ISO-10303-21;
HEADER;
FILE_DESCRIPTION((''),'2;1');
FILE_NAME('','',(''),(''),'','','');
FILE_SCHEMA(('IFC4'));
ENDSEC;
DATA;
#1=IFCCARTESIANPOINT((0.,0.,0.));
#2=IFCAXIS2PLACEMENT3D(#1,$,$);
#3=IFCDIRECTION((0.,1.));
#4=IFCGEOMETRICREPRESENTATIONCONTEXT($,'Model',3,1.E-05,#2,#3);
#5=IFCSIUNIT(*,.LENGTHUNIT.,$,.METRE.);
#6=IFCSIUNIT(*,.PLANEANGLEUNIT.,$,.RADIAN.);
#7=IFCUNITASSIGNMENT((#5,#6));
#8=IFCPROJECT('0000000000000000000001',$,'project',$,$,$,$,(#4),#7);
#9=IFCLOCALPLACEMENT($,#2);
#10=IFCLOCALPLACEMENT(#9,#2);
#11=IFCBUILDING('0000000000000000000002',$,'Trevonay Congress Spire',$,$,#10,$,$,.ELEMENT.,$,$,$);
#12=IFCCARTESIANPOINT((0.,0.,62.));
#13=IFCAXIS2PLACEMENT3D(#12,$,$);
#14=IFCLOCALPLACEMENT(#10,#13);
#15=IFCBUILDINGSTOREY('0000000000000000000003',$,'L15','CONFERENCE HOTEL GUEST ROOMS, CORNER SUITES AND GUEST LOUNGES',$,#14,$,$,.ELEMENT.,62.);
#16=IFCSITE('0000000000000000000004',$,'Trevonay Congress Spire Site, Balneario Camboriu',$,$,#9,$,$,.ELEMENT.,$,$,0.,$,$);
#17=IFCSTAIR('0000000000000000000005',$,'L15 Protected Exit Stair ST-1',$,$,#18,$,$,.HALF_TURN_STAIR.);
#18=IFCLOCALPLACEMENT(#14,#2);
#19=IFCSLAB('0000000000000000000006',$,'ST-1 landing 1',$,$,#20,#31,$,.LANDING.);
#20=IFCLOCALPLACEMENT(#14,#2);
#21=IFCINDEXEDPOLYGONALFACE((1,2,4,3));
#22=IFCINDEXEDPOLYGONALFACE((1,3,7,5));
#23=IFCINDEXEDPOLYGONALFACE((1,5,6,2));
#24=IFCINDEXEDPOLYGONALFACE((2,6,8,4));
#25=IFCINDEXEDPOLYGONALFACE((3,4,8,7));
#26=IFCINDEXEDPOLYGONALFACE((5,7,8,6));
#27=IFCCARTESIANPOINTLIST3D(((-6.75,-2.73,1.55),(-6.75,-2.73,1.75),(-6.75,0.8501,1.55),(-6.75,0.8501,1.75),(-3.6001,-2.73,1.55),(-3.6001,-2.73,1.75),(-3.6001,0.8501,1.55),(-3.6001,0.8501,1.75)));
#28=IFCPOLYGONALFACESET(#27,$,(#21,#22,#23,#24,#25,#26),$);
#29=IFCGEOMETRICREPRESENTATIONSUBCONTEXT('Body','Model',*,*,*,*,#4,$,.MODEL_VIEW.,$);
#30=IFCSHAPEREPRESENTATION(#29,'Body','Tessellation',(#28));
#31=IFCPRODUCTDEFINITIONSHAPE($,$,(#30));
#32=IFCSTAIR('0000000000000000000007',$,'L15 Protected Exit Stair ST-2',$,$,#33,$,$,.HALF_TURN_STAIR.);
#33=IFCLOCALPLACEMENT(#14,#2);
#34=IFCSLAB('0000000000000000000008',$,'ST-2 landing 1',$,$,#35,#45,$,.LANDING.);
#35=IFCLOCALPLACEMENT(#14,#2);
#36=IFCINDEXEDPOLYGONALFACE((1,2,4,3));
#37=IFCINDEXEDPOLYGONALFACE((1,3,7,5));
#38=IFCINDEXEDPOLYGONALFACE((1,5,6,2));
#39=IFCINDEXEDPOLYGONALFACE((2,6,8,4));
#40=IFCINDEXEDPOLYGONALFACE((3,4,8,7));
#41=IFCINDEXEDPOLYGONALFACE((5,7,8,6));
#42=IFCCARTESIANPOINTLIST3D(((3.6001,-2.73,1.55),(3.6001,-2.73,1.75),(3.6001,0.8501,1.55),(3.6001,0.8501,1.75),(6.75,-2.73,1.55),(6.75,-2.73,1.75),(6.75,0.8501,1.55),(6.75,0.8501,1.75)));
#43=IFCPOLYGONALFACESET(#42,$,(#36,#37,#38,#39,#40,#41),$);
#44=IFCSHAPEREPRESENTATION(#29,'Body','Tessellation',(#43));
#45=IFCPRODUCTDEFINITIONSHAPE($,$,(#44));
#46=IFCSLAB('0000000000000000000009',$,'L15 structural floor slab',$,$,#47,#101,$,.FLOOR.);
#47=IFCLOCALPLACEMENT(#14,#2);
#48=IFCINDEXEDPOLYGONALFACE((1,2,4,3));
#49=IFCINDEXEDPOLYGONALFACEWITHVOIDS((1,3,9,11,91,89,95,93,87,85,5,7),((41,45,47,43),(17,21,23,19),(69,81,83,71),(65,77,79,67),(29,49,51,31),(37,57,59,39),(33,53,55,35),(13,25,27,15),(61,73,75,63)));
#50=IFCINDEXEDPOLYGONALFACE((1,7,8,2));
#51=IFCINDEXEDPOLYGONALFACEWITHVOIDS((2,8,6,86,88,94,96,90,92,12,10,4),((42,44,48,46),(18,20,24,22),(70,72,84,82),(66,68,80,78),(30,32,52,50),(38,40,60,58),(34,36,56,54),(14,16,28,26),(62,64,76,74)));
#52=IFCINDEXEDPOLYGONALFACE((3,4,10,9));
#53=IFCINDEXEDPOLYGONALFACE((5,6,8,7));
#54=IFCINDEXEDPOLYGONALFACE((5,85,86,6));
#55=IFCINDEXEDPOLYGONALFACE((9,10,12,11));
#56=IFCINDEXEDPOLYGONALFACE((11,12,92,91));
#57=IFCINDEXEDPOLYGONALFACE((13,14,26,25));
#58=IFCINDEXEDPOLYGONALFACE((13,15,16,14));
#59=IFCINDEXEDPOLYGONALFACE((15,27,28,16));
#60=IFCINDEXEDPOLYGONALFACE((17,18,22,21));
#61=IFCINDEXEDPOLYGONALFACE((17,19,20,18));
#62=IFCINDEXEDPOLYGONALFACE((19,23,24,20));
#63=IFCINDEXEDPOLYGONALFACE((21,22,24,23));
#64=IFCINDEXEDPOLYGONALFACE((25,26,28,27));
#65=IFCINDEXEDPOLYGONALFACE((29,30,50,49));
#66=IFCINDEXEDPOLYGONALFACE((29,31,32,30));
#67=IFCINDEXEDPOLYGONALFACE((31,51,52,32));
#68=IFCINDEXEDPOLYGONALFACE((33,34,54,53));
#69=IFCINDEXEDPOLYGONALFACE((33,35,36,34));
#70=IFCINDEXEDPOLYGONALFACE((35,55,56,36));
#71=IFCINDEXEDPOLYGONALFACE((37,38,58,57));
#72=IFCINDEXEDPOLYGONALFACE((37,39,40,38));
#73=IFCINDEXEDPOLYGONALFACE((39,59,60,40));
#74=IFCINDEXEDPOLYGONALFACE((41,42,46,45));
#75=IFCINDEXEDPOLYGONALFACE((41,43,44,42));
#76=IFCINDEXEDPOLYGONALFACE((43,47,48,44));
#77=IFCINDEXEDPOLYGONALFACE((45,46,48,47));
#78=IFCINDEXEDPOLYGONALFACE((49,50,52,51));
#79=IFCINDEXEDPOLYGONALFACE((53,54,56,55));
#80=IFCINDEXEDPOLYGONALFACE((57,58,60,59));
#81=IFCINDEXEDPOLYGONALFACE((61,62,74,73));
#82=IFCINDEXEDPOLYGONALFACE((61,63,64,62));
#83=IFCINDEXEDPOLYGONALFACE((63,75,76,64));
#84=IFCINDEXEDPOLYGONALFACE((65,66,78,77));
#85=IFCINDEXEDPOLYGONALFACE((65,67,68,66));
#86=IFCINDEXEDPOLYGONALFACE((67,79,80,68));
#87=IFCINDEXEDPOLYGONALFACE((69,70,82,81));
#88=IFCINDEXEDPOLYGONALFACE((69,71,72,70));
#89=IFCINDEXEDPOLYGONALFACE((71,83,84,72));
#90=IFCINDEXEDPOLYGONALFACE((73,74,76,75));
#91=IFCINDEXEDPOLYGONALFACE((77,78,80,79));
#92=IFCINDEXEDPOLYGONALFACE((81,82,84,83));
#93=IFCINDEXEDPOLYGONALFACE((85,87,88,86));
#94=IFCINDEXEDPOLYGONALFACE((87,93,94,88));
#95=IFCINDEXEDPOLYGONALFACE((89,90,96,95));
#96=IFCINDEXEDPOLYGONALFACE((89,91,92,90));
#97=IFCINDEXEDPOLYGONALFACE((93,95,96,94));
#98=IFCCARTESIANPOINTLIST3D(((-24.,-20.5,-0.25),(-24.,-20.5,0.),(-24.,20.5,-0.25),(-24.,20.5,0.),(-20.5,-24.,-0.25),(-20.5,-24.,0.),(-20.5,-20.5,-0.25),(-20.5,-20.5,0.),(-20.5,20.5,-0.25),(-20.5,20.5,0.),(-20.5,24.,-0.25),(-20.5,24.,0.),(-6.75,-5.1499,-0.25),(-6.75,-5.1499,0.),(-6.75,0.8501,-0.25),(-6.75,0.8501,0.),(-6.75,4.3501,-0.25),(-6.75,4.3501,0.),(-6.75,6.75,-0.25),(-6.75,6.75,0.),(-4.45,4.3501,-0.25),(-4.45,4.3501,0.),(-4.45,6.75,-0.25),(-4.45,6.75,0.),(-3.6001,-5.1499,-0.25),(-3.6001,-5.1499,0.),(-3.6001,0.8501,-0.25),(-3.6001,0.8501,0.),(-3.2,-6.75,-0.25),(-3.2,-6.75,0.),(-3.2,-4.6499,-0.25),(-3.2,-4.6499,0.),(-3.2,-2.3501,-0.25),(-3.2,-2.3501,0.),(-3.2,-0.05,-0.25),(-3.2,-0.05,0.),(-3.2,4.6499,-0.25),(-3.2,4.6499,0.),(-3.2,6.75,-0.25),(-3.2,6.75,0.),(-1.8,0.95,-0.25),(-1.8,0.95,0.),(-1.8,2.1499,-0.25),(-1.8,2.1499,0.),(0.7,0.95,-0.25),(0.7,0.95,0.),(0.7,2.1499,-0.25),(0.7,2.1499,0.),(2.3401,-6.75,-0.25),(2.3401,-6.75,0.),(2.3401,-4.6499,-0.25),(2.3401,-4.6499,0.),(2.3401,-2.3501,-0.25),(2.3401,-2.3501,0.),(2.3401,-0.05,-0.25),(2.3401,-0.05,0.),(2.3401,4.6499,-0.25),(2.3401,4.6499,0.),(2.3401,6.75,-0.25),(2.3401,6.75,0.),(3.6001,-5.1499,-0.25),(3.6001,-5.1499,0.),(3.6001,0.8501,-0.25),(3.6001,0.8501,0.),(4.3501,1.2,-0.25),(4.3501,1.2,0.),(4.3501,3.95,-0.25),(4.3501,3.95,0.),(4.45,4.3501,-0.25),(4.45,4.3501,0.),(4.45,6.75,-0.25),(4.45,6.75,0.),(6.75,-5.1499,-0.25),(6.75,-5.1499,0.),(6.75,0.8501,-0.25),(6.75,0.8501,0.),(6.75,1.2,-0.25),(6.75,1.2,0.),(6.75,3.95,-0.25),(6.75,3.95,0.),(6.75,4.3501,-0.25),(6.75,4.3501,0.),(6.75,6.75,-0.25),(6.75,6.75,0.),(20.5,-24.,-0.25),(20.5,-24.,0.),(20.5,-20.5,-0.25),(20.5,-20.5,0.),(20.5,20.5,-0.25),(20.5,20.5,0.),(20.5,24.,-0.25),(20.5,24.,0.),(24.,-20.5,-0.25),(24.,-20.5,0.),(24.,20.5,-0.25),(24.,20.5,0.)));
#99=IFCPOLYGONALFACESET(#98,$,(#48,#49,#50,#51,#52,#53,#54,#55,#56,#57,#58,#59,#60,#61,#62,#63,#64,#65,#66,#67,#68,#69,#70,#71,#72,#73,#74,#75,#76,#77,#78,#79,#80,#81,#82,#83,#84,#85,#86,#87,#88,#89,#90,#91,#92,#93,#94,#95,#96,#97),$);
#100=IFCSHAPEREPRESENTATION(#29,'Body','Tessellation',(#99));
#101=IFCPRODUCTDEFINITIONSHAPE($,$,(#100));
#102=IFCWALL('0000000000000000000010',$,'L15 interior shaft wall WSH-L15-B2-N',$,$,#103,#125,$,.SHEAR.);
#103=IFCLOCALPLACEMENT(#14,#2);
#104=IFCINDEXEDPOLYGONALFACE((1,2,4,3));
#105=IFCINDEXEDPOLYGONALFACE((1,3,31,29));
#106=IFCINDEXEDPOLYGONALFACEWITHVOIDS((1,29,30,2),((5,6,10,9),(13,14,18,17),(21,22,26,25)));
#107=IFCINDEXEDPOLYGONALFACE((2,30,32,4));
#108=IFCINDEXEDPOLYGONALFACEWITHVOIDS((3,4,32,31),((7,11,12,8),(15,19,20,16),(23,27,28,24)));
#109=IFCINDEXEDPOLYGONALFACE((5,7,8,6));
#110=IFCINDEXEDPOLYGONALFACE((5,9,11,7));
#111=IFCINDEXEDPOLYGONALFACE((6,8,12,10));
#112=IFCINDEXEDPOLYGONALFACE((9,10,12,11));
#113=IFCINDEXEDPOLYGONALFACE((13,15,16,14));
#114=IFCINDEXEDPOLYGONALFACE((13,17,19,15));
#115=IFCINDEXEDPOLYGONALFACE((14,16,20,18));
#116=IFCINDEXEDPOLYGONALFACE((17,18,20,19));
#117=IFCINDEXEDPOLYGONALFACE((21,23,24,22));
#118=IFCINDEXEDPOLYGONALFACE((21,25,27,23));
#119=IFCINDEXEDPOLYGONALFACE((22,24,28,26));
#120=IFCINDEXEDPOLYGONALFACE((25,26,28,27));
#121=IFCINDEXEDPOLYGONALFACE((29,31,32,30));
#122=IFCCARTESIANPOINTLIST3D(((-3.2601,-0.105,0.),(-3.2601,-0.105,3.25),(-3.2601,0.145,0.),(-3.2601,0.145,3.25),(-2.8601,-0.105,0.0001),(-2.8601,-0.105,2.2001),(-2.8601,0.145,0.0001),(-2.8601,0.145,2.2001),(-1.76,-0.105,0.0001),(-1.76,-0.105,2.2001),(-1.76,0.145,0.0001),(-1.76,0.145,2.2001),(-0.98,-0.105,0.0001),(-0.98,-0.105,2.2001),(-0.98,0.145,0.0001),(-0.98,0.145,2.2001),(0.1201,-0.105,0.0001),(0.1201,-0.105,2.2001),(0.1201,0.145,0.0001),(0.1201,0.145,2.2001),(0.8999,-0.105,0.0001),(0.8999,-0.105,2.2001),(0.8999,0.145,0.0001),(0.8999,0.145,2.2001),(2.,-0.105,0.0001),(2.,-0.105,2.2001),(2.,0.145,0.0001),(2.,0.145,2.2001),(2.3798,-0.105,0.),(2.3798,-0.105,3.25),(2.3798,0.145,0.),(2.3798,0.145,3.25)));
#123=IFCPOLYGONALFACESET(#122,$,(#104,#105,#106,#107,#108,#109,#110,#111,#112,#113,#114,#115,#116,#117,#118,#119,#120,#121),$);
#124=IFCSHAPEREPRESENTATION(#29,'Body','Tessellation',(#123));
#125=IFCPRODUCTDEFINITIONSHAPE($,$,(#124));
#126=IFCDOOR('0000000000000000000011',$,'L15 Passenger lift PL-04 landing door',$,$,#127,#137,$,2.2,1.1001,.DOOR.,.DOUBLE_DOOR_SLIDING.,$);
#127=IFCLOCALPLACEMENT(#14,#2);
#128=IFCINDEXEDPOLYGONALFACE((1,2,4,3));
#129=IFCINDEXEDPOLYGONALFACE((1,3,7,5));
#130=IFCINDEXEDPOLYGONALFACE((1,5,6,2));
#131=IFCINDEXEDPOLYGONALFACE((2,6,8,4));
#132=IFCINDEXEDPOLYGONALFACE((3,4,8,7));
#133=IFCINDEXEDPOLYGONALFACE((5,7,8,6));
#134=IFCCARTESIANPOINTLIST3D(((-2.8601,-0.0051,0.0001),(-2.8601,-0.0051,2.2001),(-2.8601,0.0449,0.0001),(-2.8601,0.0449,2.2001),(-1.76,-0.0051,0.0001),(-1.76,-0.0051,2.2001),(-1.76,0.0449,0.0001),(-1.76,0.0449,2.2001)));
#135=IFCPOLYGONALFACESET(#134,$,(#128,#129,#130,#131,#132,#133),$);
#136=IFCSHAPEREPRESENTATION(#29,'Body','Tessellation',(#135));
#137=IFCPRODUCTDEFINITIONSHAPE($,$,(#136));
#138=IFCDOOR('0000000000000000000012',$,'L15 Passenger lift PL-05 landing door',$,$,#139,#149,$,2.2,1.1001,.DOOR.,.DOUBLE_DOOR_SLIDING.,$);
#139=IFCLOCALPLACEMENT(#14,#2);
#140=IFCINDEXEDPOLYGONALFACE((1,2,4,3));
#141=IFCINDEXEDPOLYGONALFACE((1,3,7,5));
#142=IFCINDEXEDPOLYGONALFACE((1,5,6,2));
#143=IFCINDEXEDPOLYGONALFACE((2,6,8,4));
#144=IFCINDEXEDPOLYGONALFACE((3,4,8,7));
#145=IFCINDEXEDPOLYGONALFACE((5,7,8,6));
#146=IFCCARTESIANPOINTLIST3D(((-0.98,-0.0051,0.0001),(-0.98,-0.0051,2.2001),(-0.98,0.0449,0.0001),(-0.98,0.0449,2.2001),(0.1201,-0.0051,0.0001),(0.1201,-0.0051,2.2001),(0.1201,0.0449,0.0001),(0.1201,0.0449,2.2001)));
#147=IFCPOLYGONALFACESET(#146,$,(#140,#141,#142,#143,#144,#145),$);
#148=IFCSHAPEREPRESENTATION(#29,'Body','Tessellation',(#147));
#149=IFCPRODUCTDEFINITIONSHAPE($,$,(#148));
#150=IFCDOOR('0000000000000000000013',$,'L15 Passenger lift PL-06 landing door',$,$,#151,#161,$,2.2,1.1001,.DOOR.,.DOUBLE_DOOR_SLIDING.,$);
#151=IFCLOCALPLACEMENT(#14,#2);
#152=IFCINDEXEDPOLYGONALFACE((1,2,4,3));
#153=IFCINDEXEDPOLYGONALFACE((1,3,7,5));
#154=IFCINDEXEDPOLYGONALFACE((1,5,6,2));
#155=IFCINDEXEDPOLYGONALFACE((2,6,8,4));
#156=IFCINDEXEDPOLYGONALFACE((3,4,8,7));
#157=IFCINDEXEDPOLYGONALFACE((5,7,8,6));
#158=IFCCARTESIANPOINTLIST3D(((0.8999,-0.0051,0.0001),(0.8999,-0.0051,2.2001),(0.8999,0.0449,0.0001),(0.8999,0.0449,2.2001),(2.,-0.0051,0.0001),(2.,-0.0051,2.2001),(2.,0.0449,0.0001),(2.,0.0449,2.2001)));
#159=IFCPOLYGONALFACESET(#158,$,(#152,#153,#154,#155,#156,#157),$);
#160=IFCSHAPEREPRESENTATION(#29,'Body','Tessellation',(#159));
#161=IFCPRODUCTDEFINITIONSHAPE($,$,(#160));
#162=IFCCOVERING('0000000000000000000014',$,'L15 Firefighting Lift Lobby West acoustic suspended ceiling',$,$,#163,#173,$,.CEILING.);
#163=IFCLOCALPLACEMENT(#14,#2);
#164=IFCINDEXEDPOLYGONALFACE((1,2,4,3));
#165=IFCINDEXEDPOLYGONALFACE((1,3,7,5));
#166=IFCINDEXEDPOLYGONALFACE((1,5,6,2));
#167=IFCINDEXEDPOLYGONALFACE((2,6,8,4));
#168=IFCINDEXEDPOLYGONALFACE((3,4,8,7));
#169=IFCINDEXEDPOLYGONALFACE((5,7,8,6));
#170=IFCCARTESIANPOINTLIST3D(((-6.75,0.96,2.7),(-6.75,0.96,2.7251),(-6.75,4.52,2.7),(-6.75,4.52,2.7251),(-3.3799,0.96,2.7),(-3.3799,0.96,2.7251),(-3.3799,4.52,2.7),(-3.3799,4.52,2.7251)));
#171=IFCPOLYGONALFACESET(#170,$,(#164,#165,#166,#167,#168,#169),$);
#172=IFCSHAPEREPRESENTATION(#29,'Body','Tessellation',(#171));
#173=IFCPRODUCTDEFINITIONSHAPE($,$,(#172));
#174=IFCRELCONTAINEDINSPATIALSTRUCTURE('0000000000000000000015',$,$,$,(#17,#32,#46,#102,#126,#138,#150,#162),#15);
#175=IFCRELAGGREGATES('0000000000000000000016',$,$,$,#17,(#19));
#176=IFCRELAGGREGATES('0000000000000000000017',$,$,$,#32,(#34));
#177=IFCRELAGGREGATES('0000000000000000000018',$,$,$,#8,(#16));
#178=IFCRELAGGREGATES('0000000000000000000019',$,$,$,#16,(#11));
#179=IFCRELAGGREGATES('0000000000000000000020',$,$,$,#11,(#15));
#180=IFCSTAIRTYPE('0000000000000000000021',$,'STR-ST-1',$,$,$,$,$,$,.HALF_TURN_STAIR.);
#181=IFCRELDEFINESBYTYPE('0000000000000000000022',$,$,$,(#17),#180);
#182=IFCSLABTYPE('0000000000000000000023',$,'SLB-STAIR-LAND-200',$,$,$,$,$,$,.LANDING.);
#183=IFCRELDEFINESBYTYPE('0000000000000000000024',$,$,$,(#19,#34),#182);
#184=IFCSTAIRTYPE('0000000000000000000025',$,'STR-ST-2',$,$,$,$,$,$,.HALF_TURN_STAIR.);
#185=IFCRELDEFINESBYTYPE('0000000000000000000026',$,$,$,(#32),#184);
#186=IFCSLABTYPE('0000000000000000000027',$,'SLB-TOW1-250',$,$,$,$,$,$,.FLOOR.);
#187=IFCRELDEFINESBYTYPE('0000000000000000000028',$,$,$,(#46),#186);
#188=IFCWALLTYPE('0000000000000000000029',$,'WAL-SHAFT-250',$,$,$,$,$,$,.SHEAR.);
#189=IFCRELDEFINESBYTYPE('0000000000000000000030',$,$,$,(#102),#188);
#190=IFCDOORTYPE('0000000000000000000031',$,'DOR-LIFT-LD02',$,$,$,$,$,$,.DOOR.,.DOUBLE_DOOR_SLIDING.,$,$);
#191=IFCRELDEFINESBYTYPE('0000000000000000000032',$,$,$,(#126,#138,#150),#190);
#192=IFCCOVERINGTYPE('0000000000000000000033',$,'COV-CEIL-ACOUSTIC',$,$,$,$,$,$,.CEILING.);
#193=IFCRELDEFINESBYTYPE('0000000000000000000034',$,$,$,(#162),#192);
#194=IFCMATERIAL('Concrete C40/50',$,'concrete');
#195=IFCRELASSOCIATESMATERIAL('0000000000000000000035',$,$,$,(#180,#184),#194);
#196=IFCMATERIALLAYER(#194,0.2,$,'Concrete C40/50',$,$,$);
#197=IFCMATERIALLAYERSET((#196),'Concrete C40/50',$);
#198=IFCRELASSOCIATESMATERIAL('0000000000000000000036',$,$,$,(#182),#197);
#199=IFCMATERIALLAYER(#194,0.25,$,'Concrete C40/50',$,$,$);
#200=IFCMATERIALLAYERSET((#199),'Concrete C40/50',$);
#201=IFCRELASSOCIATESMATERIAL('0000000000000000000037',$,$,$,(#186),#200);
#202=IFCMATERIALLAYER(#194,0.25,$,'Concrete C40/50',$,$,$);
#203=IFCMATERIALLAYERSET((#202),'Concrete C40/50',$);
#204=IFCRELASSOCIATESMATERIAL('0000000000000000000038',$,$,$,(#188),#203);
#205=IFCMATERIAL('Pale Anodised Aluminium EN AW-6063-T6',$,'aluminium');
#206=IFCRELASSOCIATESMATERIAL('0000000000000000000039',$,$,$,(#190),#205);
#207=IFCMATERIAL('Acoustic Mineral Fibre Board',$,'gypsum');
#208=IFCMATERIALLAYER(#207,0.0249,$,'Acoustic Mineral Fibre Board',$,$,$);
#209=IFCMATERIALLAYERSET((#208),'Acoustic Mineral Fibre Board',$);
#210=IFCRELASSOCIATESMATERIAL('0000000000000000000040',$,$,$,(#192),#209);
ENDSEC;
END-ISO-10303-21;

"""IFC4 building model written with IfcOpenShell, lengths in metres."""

from ifc_helpers import new_model, si_unit, direction, frame, frame_2d, origin, place, context, subcontext, project, spatial, polyline, rectangle, outline, extrude, material, layer, layer_set, type_object, element, fill, aggregate, save


model = new_model("IFC4")

# Units and contexts
model_context = context("Model", 3, precision=1e-05, world=origin(), true_north=direction((0.0, 1.0)))
body_context = subcontext(model_context, "Body", "Model", "MODEL_VIEW")
ifc_project = project(units=[si_unit("LENGTHUNIT", "METRE"), si_unit("PLANEANGLEUNIT", "RADIAN")], contexts=[model_context])

# Site, building, storey
site_placement = place(None, origin())
site = spatial("IfcSite", under=ifc_project, at=site_placement, Name="Trevonay Congress Spire Site, Balneario Camboriu", CompositionType="ELEMENT", RefElevation=0.0)
building_placement = place(site_placement, origin())
building = spatial("IfcBuilding", under=site, at=building_placement, Name="Trevonay Congress Spire", CompositionType="ELEMENT")
storey_placement = place(building_placement, frame((0.0, 0.0, 62.0)))
storey = spatial("IfcBuildingStorey", under=building, at=storey_placement, Name="L15", Description="CONFERENCE HOTEL GUEST ROOMS, CORNER SUITES AND GUEST LOUNGES", CompositionType="ELEMENT", Elevation=62.0)

# Stairs, slabs
ifc_material_1 = material(Name="Concrete C40/50", Category="concrete")
stair_type_1 = type_object("IfcStairType", Name="STR-ST-1", PredefinedType="HALF_TURN_STAIR", material=ifc_material_1)
stair_1_placement = place(storey_placement, origin())
stair_1 = element("IfcStair", 1, at=stair_1_placement, inside=storey, type_object=stair_type_1, Name="L15 Protected Exit Stair ST-1", PredefinedType="HALF_TURN_STAIR")
ifc_layer_1 = layer(ifc_material_1, 0.2, Name="Concrete C40/50")
ifc_layer_set_1 = layer_set([ifc_layer_1], Name="Concrete C40/50")
slab_type_1 = type_object("IfcSlabType", Name="SLB-STAIR-LAND-200", PredefinedType="LANDING", material=ifc_layer_set_1)
slab_1_placement = place(storey_placement, frame((0.0, 0.0, 1.55)))
slab_1 = element("IfcSlab", 2, at=slab_1_placement, type_object=slab_type_1, Name="ST-1 landing 1", PredefinedType="LANDING", context=body_context, shape_type="SweptSolid", body=[
    extrude(outline(polyline([(-3.6001, -2.73), (-3.6001, 0.8501), (-6.75, 0.8501), (-6.75, -2.73), (-3.6001, -2.73)])), origin(), (0.0, 0.0, 1.0), 0.2),
])
aggregate(stair_1, [slab_1])
stair_type_2 = type_object("IfcStairType", Name="STR-ST-2", PredefinedType="HALF_TURN_STAIR", material=ifc_material_1)
stair_2_placement = place(storey_placement, origin())
stair_2 = element("IfcStair", 3, at=stair_2_placement, inside=storey, type_object=stair_type_2, Name="L15 Protected Exit Stair ST-2", PredefinedType="HALF_TURN_STAIR")
slab_2_placement = place(storey_placement, frame((0.0, 0.0, 1.55)))
slab_2 = element("IfcSlab", 4, at=slab_2_placement, type_object=slab_type_1, Name="ST-2 landing 1", PredefinedType="LANDING", context=body_context, shape_type="SweptSolid", body=[
    extrude(outline(polyline([(6.75, -2.73), (6.75, 0.8501), (3.6001, 0.8501), (3.6001, -2.73), (6.75, -2.73)])), origin(), (0.0, 0.0, 1.0), 0.2),
])
aggregate(stair_2, [slab_2])

# Slab
ifc_layer_2 = layer(ifc_material_1, 0.25, Name="Concrete C40/50")
ifc_layer_set_2 = layer_set([ifc_layer_2], Name="Concrete C40/50")
slab_type_2 = type_object("IfcSlabType", Name="SLB-TOW1-250", PredefinedType="FLOOR", material=ifc_layer_set_2)
slab_3_placement = place(storey_placement, frame((0.0, 0.0, -0.25)))
element("IfcSlab", 5, at=slab_3_placement, inside=storey, type_object=slab_type_2, Name="L15 structural floor slab", PredefinedType="FLOOR", context=body_context, shape_type="SweptSolid", body=[
    extrude(outline(polyline([(-20.5, -24.0), (20.5, -24.0), (20.5, -20.5), (24.0, -20.5), (24.0, 20.5), (20.5, 20.5), (20.5, 24.0), (-20.5, 24.0), (-20.5, 20.5), (-24.0, 20.5), (-24.0, -20.5), (-20.5, -20.5), (-20.5, -24.0)]), holes=[polyline([(-3.6001, -5.1499), (-3.6001, 0.8501), (-6.75, 0.8501), (-6.75, -5.1499), (-3.6001, -5.1499)]), polyline([(6.75, -5.1499), (6.75, 0.8501), (3.6001, 0.8501), (3.6001, -5.1499), (6.75, -5.1499)]), polyline([(-3.2, -6.75), (2.3401, -6.75), (2.3401, -4.6499), (-3.2, -4.6499), (-3.2, -6.75)]), polyline([(-3.2, -2.3501), (2.3401, -2.3501), (2.3401, -0.05), (-3.2, -0.05), (-3.2, -2.3501)]), polyline([(-3.2, 4.6499), (2.3401, 4.6499), (2.3401, 6.75), (-3.2, 6.75), (-3.2, 4.6499)]), polyline([(-6.75, 4.3501), (-4.45, 4.3501), (-4.45, 6.75), (-6.75, 6.75), (-6.75, 4.3501)]), polyline([(4.45, 4.3501), (6.75, 4.3501), (6.75, 6.75), (4.45, 6.75), (4.45, 4.3501)]), polyline([(4.3501, 1.2), (6.75, 1.2), (6.75, 3.95), (4.3501, 3.95), (4.3501, 1.2)]), polyline([(-1.8, 0.95), (0.7, 0.95), (0.7, 2.1499), (-1.8, 2.1499), (-1.8, 0.95)])]), origin(), (0.0, 0.0, 1.0), 0.25),
])

# Wall, openings, doors
ifc_layer_3 = layer(ifc_material_1, 0.25, Name="Concrete C40/50")
ifc_layer_set_3 = layer_set([ifc_layer_3], Name="Concrete C40/50")
wall_type = type_object("IfcWallType", Name="WAL-SHAFT-250", PredefinedType="SHEAR", material=ifc_layer_set_3)
wall_placement = place(storey_placement, frame((-3.26, 0.02, 0.0), z_axis=(0.0, 0.0, 1.0), x_axis=(1.0, 0.0, 0.0)))
wall = element("IfcWall", 6, at=wall_placement, inside=storey, type_object=wall_type, Name="L15 interior shaft wall WSH-L15-B2-N", PredefinedType="SHEAR", context=body_context, shape_type="SweptSolid", body=[
    extrude(rectangle(XDim=5.6399, YDim=0.25, at=frame_2d((2.8198, 0.0))), origin(), (0.0, 0.0, 1.0), 3.25),
])
opening_1_placement = place(wall_placement, frame((0.3999, 0.0, 0.0)))
opening_1 = element("IfcOpeningElement", 7, at=opening_1_placement, cuts=wall, PredefinedType="OPENING", context=body_context, shape_type="SweptSolid", body=[
    extrude(rectangle(XDim=1.1001, YDim=2.2, at=frame_2d((0.55, 1.1001))), frame((0.0, 0.135, 0.0), z_axis=(0.0, -1.0, 0.0), x_axis=(1.0, 0.0, 0.0)), (0.0, 0.0, 1.0), 0.27),
])
opening_2_placement = place(wall_placement, frame((2.28, 0.0, 0.0)))
opening_2 = element("IfcOpeningElement", 8, at=opening_2_placement, cuts=wall, PredefinedType="OPENING", context=body_context, shape_type="SweptSolid", body=[
    extrude(rectangle(XDim=1.1001, YDim=2.2, at=frame_2d((0.55, 1.1001))), frame((0.0, 0.135, 0.0), z_axis=(0.0, -1.0, 0.0), x_axis=(1.0, 0.0, 0.0)), (0.0, 0.0, 1.0), 0.27),
])
opening_3_placement = place(wall_placement, frame((4.1599, 0.0, 0.0)))
opening_3 = element("IfcOpeningElement", 9, at=opening_3_placement, cuts=wall, PredefinedType="OPENING", context=body_context, shape_type="SweptSolid", body=[
    extrude(rectangle(XDim=1.1001, YDim=2.2, at=frame_2d((0.55, 1.1001))), frame((0.0, 0.135, 0.0), z_axis=(0.0, -1.0, 0.0), x_axis=(1.0, 0.0, 0.0)), (0.0, 0.0, 1.0), 0.27),
])
ifc_material_2 = material(Name="Pale Anodised Aluminium EN AW-6063-T6", Category="aluminium")
door_type = type_object("IfcDoorType", Name="DOR-LIFT-LD02", OperationType="DOUBLE_DOOR_SLIDING", PredefinedType="DOOR", material=ifc_material_2)
door_1_placement = place(opening_1_placement, origin())
door_1 = element("IfcDoor", 10, at=door_1_placement, inside=storey, type_object=door_type, Name="L15 Passenger lift PL-04 landing door", OperationType="DOUBLE_DOOR_SLIDING", OverallHeight=2.2, OverallWidth=1.1001, PredefinedType="DOOR", context=body_context, shape_type="SweptSolid", body=[
    extrude(rectangle(XDim=1.1001, YDim=2.2, at=frame_2d((0.55, 1.1001))), frame((0.0, 0.0249, 0.0), z_axis=(0.0, -1.0, 0.0), x_axis=(1.0, 0.0, 0.0)), (0.0, 0.0, 1.0), 0.05),
])
fill(opening_1, door_1)
door_2_placement = place(opening_2_placement, origin())
door_2 = element("IfcDoor", 11, at=door_2_placement, inside=storey, type_object=door_type, Name="L15 Passenger lift PL-05 landing door", OperationType="DOUBLE_DOOR_SLIDING", OverallHeight=2.2, OverallWidth=1.1001, PredefinedType="DOOR", context=body_context, shape_type="SweptSolid", body=[
    extrude(rectangle(XDim=1.1001, YDim=2.2, at=frame_2d((0.55, 1.1001))), frame((0.0, 0.0249, 0.0), z_axis=(0.0, -1.0, 0.0), x_axis=(1.0, 0.0, 0.0)), (0.0, 0.0, 1.0), 0.05),
])
fill(opening_2, door_2)
door_3_placement = place(opening_3_placement, origin())
door_3 = element("IfcDoor", 12, at=door_3_placement, inside=storey, type_object=door_type, Name="L15 Passenger lift PL-06 landing door", OperationType="DOUBLE_DOOR_SLIDING", OverallHeight=2.2, OverallWidth=1.1001, PredefinedType="DOOR", context=body_context, shape_type="SweptSolid", body=[
    extrude(rectangle(XDim=1.1001, YDim=2.2, at=frame_2d((0.55, 1.1001))), frame((0.0, 0.0249, 0.0), z_axis=(0.0, -1.0, 0.0), x_axis=(1.0, 0.0, 0.0)), (0.0, 0.0, 1.0), 0.05),
])
fill(opening_3, door_3)

# Covering
ifc_material_3 = material(Name="Acoustic Mineral Fibre Board", Category="gypsum")
ifc_layer_4 = layer(ifc_material_3, 0.0249, Name="Acoustic Mineral Fibre Board")
ifc_layer_set_4 = layer_set([ifc_layer_4], Name="Acoustic Mineral Fibre Board")
covering_type_1 = type_object("IfcCoveringType", Name="COV-CEIL-ACOUSTIC", PredefinedType="CEILING", material=ifc_layer_set_4)
covering_1_placement = place(storey_placement, frame((0.0, 0.0, 2.7)))
element("IfcCovering", 13, at=covering_1_placement, inside=storey, type_object=covering_type_1, Name="L15 Firefighting Lift Lobby West acoustic suspended ceiling", PredefinedType="CEILING", context=body_context, shape_type="SweptSolid", body=[
    extrude(outline(polyline([(-6.75, 0.96), (-3.3799, 0.96), (-3.3799, 4.52), (-6.75, 4.52), (-6.75, 0.96)])), origin(), (0.0, 0.0, 1.0), 0.0251),
])

save(model, "model.ifc")
